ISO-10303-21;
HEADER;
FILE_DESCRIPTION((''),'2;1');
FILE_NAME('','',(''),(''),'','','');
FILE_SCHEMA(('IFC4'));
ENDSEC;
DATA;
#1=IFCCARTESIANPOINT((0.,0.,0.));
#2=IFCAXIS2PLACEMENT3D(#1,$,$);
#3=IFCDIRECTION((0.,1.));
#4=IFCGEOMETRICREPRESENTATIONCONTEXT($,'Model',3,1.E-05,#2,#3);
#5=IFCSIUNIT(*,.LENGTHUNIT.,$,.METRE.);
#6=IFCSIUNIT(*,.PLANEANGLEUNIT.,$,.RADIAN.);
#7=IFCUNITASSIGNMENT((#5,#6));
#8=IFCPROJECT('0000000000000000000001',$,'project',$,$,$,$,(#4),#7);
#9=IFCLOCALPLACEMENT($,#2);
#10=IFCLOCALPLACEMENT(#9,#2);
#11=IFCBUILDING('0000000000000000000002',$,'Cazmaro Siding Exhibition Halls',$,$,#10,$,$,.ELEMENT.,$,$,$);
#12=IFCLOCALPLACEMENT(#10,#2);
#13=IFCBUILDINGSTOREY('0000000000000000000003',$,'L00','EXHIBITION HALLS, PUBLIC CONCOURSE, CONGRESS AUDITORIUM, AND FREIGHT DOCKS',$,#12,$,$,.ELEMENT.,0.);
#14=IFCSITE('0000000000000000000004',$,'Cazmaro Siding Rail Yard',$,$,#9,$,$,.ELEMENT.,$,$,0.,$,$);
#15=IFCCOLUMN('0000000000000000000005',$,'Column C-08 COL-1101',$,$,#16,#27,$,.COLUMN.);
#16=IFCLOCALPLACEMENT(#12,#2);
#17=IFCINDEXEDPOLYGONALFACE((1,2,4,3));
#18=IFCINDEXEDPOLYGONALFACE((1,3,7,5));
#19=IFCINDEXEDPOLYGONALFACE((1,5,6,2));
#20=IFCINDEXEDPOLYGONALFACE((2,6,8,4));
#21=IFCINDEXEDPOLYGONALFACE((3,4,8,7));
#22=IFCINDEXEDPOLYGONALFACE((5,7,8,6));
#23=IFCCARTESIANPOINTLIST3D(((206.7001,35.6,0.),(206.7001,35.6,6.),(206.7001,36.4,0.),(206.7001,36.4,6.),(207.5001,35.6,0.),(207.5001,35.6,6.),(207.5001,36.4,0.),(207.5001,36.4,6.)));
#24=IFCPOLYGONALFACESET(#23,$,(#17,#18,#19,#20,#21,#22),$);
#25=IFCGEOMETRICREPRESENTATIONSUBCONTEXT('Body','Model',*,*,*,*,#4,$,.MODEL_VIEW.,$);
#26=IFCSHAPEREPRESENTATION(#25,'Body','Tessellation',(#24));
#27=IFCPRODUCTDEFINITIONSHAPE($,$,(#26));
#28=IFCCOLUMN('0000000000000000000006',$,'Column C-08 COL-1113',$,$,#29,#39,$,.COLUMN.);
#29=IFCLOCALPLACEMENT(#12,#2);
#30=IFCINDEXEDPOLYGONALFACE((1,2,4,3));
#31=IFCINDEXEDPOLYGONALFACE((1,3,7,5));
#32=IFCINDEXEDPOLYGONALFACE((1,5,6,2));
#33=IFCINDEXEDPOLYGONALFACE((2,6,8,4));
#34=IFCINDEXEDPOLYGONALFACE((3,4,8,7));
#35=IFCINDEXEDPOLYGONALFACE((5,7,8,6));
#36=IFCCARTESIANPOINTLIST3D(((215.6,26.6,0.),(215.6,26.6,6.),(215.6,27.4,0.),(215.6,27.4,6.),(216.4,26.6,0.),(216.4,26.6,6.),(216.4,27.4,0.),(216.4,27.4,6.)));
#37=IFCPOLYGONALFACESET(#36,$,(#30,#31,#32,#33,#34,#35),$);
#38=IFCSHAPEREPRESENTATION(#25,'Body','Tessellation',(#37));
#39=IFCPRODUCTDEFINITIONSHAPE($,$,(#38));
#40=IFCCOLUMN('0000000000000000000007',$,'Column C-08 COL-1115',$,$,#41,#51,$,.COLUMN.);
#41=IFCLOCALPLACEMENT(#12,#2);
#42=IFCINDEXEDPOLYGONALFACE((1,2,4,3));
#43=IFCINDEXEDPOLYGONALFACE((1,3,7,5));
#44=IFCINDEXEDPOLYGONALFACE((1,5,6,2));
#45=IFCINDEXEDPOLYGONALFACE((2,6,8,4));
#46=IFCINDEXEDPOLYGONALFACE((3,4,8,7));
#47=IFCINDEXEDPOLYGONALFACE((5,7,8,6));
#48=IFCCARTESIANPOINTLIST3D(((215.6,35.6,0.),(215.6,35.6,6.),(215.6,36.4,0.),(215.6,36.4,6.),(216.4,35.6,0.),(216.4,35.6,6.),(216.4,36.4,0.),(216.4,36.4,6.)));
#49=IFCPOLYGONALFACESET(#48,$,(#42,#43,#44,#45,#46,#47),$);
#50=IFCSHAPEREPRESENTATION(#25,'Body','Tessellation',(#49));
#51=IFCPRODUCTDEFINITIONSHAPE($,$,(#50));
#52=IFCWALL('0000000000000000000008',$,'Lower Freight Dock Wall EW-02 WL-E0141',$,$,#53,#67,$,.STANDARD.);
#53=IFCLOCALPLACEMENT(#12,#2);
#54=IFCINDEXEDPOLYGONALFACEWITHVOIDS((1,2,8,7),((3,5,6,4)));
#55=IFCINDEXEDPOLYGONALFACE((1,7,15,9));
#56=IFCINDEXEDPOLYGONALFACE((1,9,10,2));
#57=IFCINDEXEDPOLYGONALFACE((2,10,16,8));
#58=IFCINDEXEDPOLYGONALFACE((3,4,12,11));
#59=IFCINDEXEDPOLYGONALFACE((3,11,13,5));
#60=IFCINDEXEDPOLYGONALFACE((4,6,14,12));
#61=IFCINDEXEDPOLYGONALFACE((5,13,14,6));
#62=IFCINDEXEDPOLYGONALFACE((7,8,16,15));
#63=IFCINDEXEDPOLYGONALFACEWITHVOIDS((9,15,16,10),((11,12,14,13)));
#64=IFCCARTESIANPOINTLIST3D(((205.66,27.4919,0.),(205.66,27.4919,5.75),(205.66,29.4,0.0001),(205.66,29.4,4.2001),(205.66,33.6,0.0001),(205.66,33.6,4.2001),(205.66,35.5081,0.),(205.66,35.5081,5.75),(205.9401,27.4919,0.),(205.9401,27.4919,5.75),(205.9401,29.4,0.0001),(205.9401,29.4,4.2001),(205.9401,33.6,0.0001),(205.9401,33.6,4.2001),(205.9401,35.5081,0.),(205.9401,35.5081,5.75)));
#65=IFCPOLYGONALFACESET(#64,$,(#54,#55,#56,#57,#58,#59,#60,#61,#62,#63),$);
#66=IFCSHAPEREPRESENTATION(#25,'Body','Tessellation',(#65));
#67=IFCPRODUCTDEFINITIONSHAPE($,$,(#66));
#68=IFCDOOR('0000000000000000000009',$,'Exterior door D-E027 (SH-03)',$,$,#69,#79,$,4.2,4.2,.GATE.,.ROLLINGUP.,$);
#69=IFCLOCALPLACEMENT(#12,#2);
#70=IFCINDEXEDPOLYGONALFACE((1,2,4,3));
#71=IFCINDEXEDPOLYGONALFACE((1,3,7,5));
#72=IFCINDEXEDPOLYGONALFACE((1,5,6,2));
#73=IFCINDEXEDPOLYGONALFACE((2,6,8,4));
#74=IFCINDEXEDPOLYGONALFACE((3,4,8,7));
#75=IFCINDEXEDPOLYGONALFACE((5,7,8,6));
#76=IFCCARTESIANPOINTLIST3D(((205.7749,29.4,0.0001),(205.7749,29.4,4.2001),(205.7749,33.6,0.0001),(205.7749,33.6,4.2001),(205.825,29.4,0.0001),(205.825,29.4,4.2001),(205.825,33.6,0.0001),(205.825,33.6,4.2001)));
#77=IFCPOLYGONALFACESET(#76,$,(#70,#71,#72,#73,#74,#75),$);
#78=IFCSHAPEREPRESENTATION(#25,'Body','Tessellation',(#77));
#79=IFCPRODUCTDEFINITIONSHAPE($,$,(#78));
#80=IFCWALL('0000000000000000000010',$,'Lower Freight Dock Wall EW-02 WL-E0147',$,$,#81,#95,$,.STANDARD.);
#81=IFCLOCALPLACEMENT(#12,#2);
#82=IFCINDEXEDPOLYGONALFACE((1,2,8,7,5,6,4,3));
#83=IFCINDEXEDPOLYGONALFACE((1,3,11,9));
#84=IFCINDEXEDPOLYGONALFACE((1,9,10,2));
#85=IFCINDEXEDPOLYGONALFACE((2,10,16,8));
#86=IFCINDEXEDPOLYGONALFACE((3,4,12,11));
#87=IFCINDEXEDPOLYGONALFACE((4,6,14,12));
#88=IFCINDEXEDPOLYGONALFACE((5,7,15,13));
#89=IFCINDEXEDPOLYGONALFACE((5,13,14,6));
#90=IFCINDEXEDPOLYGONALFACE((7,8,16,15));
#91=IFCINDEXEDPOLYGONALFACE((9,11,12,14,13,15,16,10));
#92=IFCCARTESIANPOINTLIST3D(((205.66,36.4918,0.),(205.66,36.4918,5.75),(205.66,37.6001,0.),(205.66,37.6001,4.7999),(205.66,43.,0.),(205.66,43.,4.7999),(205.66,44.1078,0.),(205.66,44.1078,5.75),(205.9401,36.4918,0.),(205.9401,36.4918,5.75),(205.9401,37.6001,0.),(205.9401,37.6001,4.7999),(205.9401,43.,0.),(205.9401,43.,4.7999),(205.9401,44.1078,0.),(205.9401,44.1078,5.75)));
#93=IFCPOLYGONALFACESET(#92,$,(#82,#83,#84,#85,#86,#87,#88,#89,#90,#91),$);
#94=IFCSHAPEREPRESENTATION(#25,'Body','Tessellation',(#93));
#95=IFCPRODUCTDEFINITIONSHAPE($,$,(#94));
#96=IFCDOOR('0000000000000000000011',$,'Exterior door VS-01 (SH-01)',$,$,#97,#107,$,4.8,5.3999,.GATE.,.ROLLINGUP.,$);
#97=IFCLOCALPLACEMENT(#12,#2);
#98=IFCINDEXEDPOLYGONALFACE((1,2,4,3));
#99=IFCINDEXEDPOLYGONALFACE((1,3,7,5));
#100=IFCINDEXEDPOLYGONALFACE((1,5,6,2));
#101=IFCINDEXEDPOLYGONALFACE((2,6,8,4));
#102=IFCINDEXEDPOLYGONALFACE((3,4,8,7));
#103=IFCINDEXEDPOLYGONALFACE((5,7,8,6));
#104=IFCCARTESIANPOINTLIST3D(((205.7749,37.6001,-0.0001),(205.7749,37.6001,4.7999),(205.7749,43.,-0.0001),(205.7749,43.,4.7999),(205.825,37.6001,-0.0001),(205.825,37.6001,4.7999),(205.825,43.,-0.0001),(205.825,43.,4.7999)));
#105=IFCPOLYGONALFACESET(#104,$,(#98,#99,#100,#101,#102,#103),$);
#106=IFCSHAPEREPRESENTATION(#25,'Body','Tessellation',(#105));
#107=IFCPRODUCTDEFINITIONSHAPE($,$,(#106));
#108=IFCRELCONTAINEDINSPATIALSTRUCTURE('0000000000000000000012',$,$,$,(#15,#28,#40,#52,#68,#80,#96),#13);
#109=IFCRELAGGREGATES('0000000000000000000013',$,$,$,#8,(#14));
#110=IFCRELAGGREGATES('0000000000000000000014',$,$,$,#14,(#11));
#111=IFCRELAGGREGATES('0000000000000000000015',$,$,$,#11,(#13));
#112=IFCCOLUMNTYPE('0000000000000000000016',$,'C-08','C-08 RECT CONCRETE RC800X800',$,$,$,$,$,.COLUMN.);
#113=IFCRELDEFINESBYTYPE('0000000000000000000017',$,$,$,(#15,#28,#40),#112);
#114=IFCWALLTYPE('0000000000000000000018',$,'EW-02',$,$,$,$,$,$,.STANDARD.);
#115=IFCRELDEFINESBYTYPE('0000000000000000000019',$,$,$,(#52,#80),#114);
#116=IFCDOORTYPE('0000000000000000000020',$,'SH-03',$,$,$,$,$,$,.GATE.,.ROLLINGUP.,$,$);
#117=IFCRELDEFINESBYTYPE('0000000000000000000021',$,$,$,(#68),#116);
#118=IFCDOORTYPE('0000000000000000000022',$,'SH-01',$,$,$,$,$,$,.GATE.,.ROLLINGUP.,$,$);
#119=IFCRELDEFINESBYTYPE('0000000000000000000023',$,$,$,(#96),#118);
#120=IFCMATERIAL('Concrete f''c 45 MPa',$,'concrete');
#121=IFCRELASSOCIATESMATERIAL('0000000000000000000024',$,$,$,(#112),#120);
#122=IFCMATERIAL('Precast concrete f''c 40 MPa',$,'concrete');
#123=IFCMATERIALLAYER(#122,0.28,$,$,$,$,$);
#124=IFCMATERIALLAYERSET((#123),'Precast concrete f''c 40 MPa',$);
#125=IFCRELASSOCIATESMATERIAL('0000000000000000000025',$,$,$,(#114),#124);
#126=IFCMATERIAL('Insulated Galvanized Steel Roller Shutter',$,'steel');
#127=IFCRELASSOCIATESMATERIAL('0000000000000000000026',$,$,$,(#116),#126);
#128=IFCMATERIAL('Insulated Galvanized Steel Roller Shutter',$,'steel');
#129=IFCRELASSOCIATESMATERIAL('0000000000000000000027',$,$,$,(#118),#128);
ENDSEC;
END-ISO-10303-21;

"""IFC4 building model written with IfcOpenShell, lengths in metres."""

from ifc_helpers import new_model, si_unit, direction, frame, frame_2d, origin, origin_2d, place, context, subcontext, project, spatial, rectangle, extrude, material, layer, layer_set, material_profile, profile_set, type_object, element, fill, save


model = new_model("IFC4")

# Units and contexts
model_context = context("Model", 3, precision=1e-05, world=origin(), true_north=direction((0.0, 1.0)))
body_context = subcontext(model_context, "Body", "Model", "MODEL_VIEW")
ifc_project = project(units=[si_unit("LENGTHUNIT", "METRE"), si_unit("PLANEANGLEUNIT", "RADIAN")], contexts=[model_context])

# Site, building, storey
site_placement = place(None, origin())
site = spatial("IfcSite", under=ifc_project, at=site_placement, Name="Cazmaro Siding Rail Yard", CompositionType="ELEMENT", RefElevation=0.0)
building_placement = place(site_placement, origin())
building = spatial("IfcBuilding", under=site, at=building_placement, Name="Cazmaro Siding Exhibition Halls", CompositionType="ELEMENT")
storey_placement = place(building_placement, origin())
storey = spatial("IfcBuildingStorey", under=building, at=storey_placement, Name="L00", Description="EXHIBITION HALLS, PUBLIC CONCOURSE, CONGRESS AUDITORIUM, AND FREIGHT DOCKS", CompositionType="ELEMENT", Elevation=0.0)

# Columns
ifc_material_1 = material(Name="Concrete f'c 45 MPa", Category="concrete")
ifc_material_profile_1 = material_profile(ifc_material_1, rectangle(XDim=0.8, YDim=0.8, at=origin_2d()), Name="RC800X800")
ifc_profile_set_1 = profile_set([ifc_material_profile_1], Name="Concrete f'c 45 MPa")
column_type_1 = type_object("IfcColumnType", Name="C-08", Description="C-08 RECT CONCRETE RC800X800", PredefinedType="COLUMN", material=ifc_profile_set_1)
for number, where, z_axis, x_axis, name in (
    (1, (207.1001, 36.0, 0.0), (0.0, 0.0, 1.0), (1.0, 0.0, 0.0), "Column C-08 COL-1101"),
    (2, (216.0, 27.0, 0.0), (0.0, 0.0, 1.0), (1.0, 0.0, 0.0), "Column C-08 COL-1113"),
    (3, (216.0, 36.0, 0.0), (0.0, 0.0, 1.0), (1.0, 0.0, 0.0), "Column C-08 COL-1115"),
):
    element("IfcColumn", number, at=place(storey_placement, frame(where, z_axis=z_axis, x_axis=x_axis)), inside=storey, type_object=column_type_1, Name=name, PredefinedType="COLUMN", context=body_context, shape_type="SweptSolid", body=[
        extrude(rectangle(XDim=0.8, YDim=0.8, at=origin_2d()), origin(), (0.0, 0.0, 1.0), 6.0),
    ])

# Walls, openings, doors
ifc_material_2 = material(Name="Precast concrete f'c 40 MPa", Category="concrete")
ifc_layer = layer(ifc_material_2, 0.28)
ifc_layer_set = layer_set([ifc_layer], Name="Precast concrete f'c 40 MPa")
wall_type = type_object("IfcWallType", Name="EW-02", PredefinedType="STANDARD", material=ifc_layer_set)
wall_1_placement = place(storey_placement, frame((205.8, 35.5081, 0.0), z_axis=(0.0, 0.0, 1.0), x_axis=(0.0, -1.0, 0.0)))
wall_1 = element("IfcWall", 4, at=wall_1_placement, inside=storey, type_object=wall_type, Name="Lower Freight Dock Wall EW-02 WL-E0141", PredefinedType="STANDARD", context=body_context, shape_type="SweptSolid", body=[
    extrude(rectangle(XDim=8.0161, YDim=0.28, at=frame_2d((4.0081, 0.0))), origin(), (0.0, 0.0, 1.0), 5.75),
])
opening_1_placement = place(wall_1_placement, frame((1.908, 0.0, 0.0)))
opening_1 = element("IfcOpeningElement", 5, at=opening_1_placement, cuts=wall_1, PredefinedType="OPENING", context=body_context, shape_type="SweptSolid", body=[
    extrude(rectangle(XDim=4.2, YDim=4.2, at=frame_2d((2.1001, 2.1001))), frame((0.0, 0.1499, 0.0), z_axis=(0.0, -1.0, 0.0), x_axis=(1.0, 0.0, 0.0)), (0.0, 0.0, 1.0), 0.3),
])
ifc_material_3 = material(Name="Insulated Galvanized Steel Roller Shutter", Category="steel")
door_type_1 = type_object("IfcDoorType", Name="SH-03", OperationType="ROLLINGUP", PredefinedType="GATE", material=ifc_material_3)
door_1_placement = place(opening_1_placement, origin())
door_1 = element("IfcDoor", 6, at=door_1_placement, inside=storey, type_object=door_type_1, Name="Exterior door D-E027 (SH-03)", OperationType="ROLLINGUP", OverallHeight=4.2, OverallWidth=4.2, PredefinedType="GATE", context=body_context, shape_type="SweptSolid", body=[
    extrude(rectangle(XDim=4.2, YDim=4.2, at=frame_2d((2.1001, 2.1001))), frame((0.0, 0.0249, 0.0), z_axis=(0.0, -1.0, 0.0), x_axis=(1.0, 0.0, 0.0)), (0.0, 0.0, 1.0), 0.05),
])
fill(opening_1, door_1)
wall_2_placement = place(storey_placement, frame((205.8, 44.1079, 0.0), z_axis=(0.0, 0.0, 1.0), x_axis=(0.0, -1.0, 0.0)))
wall_2 = element("IfcWall", 7, at=wall_2_placement, inside=storey, type_object=wall_type, Name="Lower Freight Dock Wall EW-02 WL-E0147", PredefinedType="STANDARD", context=body_context, shape_type="SweptSolid", body=[
    extrude(rectangle(XDim=7.616, YDim=0.28, at=frame_2d((3.8081, 0.0))), origin(), (0.0, 0.0, 1.0), 5.75),
])
opening_2_placement = place(wall_2_placement, frame((1.1079, 0.0, 0.0)))
opening_2 = element("IfcOpeningElement", 8, at=opening_2_placement, cuts=wall_2, PredefinedType="OPENING", context=body_context, shape_type="SweptSolid", body=[
    extrude(rectangle(XDim=5.3999, YDim=4.8, at=frame_2d((2.7, 2.3999))), frame((0.0, 0.1499, 0.0), z_axis=(0.0, -1.0, 0.0), x_axis=(1.0, 0.0, 0.0)), (0.0, 0.0, 1.0), 0.3),
])
ifc_material_4 = material(Name="Insulated Galvanized Steel Roller Shutter", Category="steel")
door_type_2 = type_object("IfcDoorType", Name="SH-01", OperationType="ROLLINGUP", PredefinedType="GATE", material=ifc_material_4)
door_2_placement = place(opening_2_placement, origin())
door_2 = element("IfcDoor", 9, at=door_2_placement, inside=storey, type_object=door_type_2, Name="Exterior door VS-01 (SH-01)", OperationType="ROLLINGUP", OverallHeight=4.8, OverallWidth=5.3999, PredefinedType="GATE", context=body_context, shape_type="SweptSolid", body=[
    extrude(rectangle(XDim=5.3999, YDim=4.8, at=frame_2d((2.7, 2.3999))), frame((0.0, 0.0249, 0.0), z_axis=(0.0, -1.0, 0.0), x_axis=(1.0, 0.0, 0.0)), (0.0, 0.0, 1.0), 0.05),
])
fill(opening_2, door_2)

save(model, "model.ifc")
